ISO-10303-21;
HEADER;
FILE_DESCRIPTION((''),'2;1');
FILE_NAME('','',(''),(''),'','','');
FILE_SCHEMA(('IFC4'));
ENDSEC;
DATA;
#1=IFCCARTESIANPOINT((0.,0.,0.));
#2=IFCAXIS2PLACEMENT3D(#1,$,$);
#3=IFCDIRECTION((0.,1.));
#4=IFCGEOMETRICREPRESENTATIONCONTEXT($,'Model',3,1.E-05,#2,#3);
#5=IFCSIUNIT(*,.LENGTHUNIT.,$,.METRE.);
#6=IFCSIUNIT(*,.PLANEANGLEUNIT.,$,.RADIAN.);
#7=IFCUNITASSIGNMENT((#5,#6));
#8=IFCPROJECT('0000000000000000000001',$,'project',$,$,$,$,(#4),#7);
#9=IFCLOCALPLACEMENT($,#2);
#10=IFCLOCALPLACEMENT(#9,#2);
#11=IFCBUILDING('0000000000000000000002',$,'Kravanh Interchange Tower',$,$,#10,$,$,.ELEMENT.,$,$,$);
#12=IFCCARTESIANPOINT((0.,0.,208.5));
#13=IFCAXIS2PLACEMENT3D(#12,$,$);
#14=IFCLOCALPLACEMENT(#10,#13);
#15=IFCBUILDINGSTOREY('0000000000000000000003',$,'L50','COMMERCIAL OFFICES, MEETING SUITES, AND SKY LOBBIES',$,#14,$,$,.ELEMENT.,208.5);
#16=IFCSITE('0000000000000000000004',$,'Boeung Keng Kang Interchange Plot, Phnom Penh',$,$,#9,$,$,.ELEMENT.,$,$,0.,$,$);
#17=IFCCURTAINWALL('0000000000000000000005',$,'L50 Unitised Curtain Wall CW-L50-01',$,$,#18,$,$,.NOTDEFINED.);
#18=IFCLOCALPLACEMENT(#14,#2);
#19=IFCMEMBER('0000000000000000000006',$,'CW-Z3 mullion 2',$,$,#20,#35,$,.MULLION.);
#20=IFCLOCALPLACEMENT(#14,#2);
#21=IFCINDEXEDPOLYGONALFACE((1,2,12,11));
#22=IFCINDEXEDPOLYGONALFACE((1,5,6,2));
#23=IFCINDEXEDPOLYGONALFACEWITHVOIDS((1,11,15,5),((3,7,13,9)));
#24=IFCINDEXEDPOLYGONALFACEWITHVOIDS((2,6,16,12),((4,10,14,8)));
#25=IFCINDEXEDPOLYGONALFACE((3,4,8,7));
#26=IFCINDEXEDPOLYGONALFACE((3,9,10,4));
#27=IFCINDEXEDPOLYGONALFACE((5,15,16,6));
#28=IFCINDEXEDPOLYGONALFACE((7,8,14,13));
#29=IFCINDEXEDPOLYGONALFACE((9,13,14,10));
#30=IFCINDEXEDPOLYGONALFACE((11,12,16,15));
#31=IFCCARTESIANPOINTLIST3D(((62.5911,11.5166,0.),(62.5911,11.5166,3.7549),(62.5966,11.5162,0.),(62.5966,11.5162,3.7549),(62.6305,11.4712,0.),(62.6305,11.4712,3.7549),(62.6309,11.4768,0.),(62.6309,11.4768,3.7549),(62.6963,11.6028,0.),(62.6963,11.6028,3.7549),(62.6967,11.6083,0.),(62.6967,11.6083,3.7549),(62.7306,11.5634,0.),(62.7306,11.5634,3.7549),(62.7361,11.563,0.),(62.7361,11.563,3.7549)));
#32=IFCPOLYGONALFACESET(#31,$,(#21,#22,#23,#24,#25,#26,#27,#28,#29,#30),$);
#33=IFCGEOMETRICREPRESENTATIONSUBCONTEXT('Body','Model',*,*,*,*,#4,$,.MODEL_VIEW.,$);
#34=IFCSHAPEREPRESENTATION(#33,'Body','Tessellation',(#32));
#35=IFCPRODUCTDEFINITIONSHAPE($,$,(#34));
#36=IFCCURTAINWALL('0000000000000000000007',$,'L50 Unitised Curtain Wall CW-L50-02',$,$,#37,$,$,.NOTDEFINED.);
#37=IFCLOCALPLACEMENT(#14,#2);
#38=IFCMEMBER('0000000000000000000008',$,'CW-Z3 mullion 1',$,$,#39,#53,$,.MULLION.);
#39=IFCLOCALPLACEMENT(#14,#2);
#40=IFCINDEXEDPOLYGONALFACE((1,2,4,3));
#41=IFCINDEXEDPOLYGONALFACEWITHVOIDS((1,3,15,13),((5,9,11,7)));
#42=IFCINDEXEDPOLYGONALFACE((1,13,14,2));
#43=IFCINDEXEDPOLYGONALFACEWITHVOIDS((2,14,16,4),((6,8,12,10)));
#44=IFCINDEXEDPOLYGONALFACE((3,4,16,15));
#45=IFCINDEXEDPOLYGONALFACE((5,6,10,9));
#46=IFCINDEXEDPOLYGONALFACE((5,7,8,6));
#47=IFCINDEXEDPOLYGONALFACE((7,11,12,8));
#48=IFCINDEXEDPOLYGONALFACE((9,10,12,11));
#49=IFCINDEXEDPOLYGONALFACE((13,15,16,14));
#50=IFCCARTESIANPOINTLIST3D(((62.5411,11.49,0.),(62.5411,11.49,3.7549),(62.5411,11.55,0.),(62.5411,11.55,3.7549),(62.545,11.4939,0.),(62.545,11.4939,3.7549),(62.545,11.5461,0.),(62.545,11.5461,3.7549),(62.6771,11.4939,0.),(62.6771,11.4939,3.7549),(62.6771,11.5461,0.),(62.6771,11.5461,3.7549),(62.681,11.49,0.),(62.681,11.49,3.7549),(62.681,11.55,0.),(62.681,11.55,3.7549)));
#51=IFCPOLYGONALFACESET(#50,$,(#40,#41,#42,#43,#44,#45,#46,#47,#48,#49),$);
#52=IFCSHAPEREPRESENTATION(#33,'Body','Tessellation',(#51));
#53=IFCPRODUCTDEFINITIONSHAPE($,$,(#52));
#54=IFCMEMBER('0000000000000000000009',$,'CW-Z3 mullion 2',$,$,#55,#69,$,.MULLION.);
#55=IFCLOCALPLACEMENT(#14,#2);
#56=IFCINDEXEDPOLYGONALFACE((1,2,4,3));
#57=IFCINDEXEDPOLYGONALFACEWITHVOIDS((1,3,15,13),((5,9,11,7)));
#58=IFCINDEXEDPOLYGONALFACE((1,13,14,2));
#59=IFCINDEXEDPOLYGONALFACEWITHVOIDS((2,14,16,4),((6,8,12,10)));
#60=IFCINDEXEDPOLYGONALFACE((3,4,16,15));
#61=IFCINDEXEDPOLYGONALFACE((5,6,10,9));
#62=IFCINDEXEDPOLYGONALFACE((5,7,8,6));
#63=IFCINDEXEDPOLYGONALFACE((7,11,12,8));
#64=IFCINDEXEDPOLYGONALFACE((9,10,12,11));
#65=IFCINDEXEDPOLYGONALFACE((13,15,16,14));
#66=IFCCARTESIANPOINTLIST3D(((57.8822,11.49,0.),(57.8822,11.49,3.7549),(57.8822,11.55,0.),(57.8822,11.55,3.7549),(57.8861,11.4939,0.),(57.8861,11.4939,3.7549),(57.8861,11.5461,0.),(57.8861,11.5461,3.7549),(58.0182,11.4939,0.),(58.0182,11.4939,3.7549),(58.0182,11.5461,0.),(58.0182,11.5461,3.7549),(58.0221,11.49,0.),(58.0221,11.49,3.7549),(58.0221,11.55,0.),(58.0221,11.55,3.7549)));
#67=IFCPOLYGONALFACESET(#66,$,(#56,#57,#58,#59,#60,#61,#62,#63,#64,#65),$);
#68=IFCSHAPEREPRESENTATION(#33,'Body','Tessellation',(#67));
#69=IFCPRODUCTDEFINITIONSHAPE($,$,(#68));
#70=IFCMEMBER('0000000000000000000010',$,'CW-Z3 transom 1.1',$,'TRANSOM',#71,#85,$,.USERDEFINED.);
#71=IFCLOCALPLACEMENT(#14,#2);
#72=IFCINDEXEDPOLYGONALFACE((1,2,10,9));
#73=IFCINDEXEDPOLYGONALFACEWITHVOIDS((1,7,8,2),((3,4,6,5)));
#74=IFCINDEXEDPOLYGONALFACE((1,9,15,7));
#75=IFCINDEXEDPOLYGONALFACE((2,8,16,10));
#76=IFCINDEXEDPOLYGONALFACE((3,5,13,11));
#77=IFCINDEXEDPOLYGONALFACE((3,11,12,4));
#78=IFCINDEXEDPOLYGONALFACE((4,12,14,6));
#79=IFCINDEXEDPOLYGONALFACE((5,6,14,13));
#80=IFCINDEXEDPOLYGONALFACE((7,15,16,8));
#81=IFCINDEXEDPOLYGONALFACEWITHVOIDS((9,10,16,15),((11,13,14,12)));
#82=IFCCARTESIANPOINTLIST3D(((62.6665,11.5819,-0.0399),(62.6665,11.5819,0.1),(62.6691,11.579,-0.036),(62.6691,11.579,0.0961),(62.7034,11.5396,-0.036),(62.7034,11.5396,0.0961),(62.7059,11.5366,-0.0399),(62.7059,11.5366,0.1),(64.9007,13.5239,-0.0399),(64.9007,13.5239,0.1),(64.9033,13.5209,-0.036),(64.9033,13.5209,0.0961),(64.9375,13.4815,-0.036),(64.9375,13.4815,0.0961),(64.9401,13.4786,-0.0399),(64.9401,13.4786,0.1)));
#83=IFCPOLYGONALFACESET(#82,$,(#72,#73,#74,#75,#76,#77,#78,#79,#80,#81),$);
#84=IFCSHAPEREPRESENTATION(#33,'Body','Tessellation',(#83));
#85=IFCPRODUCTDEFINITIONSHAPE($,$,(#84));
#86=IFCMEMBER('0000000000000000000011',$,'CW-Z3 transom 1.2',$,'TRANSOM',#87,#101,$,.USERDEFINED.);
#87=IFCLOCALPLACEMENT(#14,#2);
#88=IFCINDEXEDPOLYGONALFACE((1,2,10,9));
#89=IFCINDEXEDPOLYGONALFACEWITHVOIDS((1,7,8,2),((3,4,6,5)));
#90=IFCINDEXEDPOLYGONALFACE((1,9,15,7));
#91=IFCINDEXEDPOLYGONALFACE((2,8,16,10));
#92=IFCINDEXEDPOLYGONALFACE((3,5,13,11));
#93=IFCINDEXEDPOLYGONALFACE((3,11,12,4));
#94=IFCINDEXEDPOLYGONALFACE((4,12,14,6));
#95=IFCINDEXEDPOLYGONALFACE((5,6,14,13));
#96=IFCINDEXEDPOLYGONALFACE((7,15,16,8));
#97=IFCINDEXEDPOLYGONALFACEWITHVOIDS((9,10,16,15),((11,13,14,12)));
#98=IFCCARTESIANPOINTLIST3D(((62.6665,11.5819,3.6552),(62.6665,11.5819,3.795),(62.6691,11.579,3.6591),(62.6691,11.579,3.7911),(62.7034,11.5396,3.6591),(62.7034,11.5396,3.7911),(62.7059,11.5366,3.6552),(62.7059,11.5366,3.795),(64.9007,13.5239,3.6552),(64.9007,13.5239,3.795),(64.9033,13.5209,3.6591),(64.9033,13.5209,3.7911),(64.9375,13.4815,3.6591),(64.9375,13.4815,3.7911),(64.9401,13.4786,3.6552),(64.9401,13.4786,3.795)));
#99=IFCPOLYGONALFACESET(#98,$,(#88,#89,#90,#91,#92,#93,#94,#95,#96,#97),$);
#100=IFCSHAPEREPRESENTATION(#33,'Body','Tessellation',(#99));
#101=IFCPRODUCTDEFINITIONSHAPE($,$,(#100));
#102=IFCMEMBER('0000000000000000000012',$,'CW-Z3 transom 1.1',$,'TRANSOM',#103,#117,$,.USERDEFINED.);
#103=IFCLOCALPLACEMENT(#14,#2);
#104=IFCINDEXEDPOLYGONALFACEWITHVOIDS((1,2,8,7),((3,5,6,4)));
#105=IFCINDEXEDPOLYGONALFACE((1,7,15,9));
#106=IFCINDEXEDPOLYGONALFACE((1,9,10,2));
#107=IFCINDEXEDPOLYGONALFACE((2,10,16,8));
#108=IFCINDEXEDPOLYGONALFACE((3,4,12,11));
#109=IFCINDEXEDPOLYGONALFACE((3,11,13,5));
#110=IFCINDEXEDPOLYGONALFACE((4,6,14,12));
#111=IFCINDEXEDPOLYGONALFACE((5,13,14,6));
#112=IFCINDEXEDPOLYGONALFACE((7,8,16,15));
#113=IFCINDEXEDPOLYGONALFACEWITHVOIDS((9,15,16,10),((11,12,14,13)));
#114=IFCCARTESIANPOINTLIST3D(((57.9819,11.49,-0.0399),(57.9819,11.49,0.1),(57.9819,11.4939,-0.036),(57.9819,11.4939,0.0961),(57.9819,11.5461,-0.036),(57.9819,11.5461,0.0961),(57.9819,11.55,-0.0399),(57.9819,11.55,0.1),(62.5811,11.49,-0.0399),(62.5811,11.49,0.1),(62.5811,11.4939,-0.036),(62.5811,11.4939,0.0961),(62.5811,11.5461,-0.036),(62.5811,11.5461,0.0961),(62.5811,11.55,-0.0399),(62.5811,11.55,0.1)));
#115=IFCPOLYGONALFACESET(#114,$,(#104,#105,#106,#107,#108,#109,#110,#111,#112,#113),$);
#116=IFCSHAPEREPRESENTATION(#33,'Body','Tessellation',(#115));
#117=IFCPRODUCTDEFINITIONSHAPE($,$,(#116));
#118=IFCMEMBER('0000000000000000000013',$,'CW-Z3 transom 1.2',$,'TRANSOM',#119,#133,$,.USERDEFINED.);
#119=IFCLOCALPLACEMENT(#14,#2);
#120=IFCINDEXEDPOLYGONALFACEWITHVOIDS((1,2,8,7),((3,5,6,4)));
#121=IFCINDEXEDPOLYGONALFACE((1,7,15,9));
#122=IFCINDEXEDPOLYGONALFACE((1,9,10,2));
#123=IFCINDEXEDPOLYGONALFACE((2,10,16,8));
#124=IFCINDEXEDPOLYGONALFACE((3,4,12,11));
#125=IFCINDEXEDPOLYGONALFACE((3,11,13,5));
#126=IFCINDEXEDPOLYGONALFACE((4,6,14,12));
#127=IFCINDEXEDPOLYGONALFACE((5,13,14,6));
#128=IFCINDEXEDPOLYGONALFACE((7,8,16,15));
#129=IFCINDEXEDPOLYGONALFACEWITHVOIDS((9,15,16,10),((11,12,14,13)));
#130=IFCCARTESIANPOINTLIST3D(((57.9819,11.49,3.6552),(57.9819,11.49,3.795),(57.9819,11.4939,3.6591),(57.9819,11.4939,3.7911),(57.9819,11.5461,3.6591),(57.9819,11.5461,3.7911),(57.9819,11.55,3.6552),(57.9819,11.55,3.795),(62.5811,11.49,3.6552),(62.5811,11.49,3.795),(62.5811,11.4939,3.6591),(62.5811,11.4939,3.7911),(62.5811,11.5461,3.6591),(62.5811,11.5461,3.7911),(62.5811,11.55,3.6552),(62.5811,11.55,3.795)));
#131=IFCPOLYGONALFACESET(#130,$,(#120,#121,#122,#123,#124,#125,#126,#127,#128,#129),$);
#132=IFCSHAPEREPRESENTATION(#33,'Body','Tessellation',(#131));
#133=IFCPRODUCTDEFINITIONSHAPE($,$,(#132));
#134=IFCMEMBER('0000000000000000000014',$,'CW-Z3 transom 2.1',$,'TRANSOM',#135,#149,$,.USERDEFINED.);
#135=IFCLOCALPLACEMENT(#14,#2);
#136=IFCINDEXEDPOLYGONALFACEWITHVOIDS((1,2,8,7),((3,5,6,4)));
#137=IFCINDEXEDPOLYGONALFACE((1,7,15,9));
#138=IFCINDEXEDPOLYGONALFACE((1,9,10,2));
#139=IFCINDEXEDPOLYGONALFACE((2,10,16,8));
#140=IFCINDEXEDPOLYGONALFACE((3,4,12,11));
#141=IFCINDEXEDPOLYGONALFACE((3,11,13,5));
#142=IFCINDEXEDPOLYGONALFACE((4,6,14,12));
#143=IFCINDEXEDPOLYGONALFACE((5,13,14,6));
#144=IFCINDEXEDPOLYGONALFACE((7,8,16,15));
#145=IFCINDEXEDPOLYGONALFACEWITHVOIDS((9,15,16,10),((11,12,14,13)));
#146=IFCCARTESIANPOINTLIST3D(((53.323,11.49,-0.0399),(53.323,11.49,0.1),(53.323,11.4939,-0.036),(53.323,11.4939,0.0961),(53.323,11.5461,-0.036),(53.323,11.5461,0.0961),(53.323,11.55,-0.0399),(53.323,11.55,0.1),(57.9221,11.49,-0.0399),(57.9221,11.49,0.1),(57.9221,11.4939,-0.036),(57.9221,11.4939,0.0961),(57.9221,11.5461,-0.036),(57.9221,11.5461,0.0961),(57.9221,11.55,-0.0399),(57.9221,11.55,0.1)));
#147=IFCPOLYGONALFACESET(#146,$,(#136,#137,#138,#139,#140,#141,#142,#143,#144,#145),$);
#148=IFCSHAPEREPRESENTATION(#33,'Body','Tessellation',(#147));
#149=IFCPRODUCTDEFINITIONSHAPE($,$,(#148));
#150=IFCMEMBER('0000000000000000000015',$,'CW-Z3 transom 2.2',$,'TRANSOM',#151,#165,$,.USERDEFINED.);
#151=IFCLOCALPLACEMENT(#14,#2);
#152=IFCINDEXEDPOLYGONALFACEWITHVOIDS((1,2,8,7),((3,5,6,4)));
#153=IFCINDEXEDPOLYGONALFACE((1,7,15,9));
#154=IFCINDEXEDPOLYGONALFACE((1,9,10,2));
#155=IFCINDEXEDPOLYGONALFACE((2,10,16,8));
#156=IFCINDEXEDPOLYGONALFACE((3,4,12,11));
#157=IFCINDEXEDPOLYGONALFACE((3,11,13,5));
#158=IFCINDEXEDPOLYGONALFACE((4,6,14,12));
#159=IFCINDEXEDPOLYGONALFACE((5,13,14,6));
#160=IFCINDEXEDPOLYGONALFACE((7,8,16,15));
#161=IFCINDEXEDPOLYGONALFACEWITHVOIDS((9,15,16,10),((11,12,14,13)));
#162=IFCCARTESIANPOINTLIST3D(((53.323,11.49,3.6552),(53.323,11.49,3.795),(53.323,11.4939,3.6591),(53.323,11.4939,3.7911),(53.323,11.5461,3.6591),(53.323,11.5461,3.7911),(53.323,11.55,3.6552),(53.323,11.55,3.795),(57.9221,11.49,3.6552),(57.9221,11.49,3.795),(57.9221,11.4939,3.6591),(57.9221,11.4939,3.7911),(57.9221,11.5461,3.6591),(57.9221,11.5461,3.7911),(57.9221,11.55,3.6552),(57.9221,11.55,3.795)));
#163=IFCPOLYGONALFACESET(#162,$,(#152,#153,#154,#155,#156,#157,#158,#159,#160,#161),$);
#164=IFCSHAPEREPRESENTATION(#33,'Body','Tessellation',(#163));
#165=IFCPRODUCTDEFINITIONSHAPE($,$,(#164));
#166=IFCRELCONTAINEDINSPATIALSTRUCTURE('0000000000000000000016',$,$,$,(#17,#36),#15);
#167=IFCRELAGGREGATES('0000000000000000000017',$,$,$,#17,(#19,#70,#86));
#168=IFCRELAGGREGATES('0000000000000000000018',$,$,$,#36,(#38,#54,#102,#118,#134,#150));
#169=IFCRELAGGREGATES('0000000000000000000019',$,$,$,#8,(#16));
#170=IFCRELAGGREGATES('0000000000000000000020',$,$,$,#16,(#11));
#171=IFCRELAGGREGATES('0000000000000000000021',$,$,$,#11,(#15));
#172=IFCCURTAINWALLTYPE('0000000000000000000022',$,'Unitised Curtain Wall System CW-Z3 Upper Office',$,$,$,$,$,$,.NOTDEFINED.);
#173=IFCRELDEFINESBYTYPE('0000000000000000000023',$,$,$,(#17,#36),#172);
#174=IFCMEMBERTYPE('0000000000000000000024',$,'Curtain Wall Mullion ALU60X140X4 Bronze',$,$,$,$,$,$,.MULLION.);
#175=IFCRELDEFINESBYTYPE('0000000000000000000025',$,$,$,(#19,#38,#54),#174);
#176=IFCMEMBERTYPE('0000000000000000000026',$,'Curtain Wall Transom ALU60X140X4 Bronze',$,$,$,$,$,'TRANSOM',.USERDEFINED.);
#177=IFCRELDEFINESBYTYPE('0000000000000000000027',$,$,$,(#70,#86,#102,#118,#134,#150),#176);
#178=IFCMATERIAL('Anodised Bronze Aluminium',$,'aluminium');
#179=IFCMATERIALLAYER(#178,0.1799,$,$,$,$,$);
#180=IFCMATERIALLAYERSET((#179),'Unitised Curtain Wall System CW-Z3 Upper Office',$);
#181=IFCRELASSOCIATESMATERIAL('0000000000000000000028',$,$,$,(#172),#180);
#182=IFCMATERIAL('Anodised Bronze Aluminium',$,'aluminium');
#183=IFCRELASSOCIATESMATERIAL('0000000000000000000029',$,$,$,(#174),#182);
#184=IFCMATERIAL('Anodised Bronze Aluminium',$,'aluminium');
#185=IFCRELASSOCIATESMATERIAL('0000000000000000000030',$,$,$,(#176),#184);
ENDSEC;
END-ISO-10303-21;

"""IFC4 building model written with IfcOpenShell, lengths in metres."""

from ifc_helpers import new_model, si_unit, direction, frame, origin, origin_2d, place, context, subcontext, project, spatial, hollow_rectangle, extrude, material, layer, layer_set, material_profile, profile_set, type_object, element, aggregate, save


model = new_model("IFC4")

# Units and contexts
model_context = context("Model", 3, precision=1e-05, world=origin(), true_north=direction((0.0, 1.0)))
body_context = subcontext(model_context, "Body", "Model", "MODEL_VIEW")
ifc_project = project(units=[si_unit("LENGTHUNIT", "METRE"), si_unit("PLANEANGLEUNIT", "RADIAN")], contexts=[model_context])

# Site, building, storey
site_placement = place(None, origin())
site = spatial("IfcSite", under=ifc_project, at=site_placement, Name="Boeung Keng Kang Interchange Plot, Phnom Penh", CompositionType="ELEMENT", RefElevation=0.0)
building_placement = place(site_placement, origin())
building = spatial("IfcBuilding", under=site, at=building_placement, Name="Kravanh Interchange Tower", CompositionType="ELEMENT")
storey_placement = place(building_placement, frame((0.0, 0.0, 208.5)))
storey = spatial("IfcBuildingStorey", under=building, at=storey_placement, Name="L50", Description="COMMERCIAL OFFICES, MEETING SUITES, AND SKY LOBBIES", CompositionType="ELEMENT", Elevation=208.5)

# Curtain walls, members
ifc_material_1 = material(Name="Anodised Bronze Aluminium", Category="aluminium")
ifc_layer_1 = layer(ifc_material_1, 0.1799)
ifc_layer_set_1 = layer_set([ifc_layer_1], Name="Unitised Curtain Wall System CW-Z3 Upper Office")
curtain_wall_type = type_object("IfcCurtainWallType", Name="Unitised Curtain Wall System CW-Z3 Upper Office", PredefinedType="NOTDEFINED", material=ifc_layer_set_1)
curtain_wall_1_placement = place(storey_placement, origin())
curtain_wall_1 = element("IfcCurtainWall", 1, at=curtain_wall_1_placement, inside=storey, type_object=curtain_wall_type, Name="L50 Unitised Curtain Wall CW-L50-01", PredefinedType="NOTDEFINED")
ifc_material_2 = material(Name="Anodised Bronze Aluminium", Category="aluminium")
ifc_material_profile_1 = material_profile(ifc_material_2, hollow_rectangle(XDim=0.0601, YDim=0.1399, WallThickness=0.0039, at=origin_2d()), Name="ALU60X140X4")
ifc_profile_set_1 = profile_set([ifc_material_profile_1], Name="Anodised Bronze Aluminium")
member_type_1 = type_object("IfcMemberType", Name="Curtain Wall Mullion ALU60X140X4 Bronze", PredefinedType="MULLION", material=ifc_profile_set_1)
member_1_placement = place(storey_placement, frame((62.6636, 11.5398, 0.0), z_axis=(0.0, 0.0, 1.0), x_axis=(0.656051, -0.754717, 0.0)))
member_1 = element("IfcMember", 2, at=member_1_placement, type_object=member_type_1, Name="CW-Z3 mullion 2", PredefinedType="MULLION", context=body_context, shape_type="SweptSolid", body=[
    extrude(hollow_rectangle(XDim=0.0601, YDim=0.1399, WallThickness=0.0039, at=origin_2d()), origin(), (0.0, 0.0, 1.0), 3.7549),
])
curtain_wall_2_placement = place(storey_placement, origin())
curtain_wall_2 = element("IfcCurtainWall", 3, at=curtain_wall_2_placement, inside=storey, type_object=curtain_wall_type, Name="L50 Unitised Curtain Wall CW-L50-02", PredefinedType="NOTDEFINED")
member_2_placement = place(storey_placement, frame((62.6111, 11.52, 0.0), z_axis=(0.0, 0.0, 1.0), x_axis=(0.0, -1.0, 0.0)))
member_2 = element("IfcMember", 4, at=member_2_placement, type_object=member_type_1, Name="CW-Z3 mullion 1", PredefinedType="MULLION", context=body_context, shape_type="SweptSolid", body=[
    extrude(hollow_rectangle(XDim=0.0601, YDim=0.1399, WallThickness=0.0039, at=origin_2d()), origin(), (0.0, 0.0, 1.0), 3.7549),
])
member_3_placement = place(storey_placement, frame((57.9521, 11.52, 0.0), z_axis=(0.0, 0.0, 1.0), x_axis=(0.0, -1.0, 0.0)))
member_3 = element("IfcMember", 5, at=member_3_placement, type_object=member_type_1, Name="CW-Z3 mullion 2", PredefinedType="MULLION", context=body_context, shape_type="SweptSolid", body=[
    extrude(hollow_rectangle(XDim=0.0601, YDim=0.1399, WallThickness=0.0039, at=origin_2d()), origin(), (0.0, 0.0, 1.0), 3.7549),
])

# Members
ifc_material_3 = material(Name="Anodised Bronze Aluminium", Category="aluminium")
ifc_material_profile_2 = material_profile(ifc_material_3, hollow_rectangle(XDim=0.0601, YDim=0.1399, WallThickness=0.0039, at=origin_2d()), Name="ALU60X140X4")
ifc_profile_set_2 = profile_set([ifc_material_profile_2], Name="Anodised Bronze Aluminium")
member_type_2 = type_object("IfcMemberType", Name="Curtain Wall Transom ALU60X140X4 Bronze", ElementType="TRANSOM", PredefinedType="USERDEFINED", material=ifc_profile_set_2)
member_4_placement = place(storey_placement, frame((64.9204, 13.5012, 0.03), z_axis=(-0.754744, -0.656019, 0.0), x_axis=(0.656019, -0.754744, 0.0)))
member_4 = element("IfcMember", 6, at=member_4_placement, type_object=member_type_2, Name="CW-Z3 transom 1.1", ObjectType="TRANSOM", PredefinedType="USERDEFINED", context=body_context, shape_type="SweptSolid", body=[
    extrude(hollow_rectangle(XDim=0.0601, YDim=0.1399, WallThickness=0.0039, at=origin_2d()), origin(), (0.0, 0.0, 1.0), 2.9602),
])
member_5_placement = place(storey_placement, frame((64.9204, 13.5012, 3.7251), z_axis=(-0.754744, -0.656019, 0.0), x_axis=(0.656019, -0.754744, 0.0)))
member_5 = element("IfcMember", 7, at=member_5_placement, type_object=member_type_2, Name="CW-Z3 transom 1.2", ObjectType="TRANSOM", PredefinedType="USERDEFINED", context=body_context, shape_type="SweptSolid", body=[
    extrude(hollow_rectangle(XDim=0.0601, YDim=0.1399, WallThickness=0.0039, at=origin_2d()), origin(), (0.0, 0.0, 1.0), 2.9602),
])
member_6_placement = place(storey_placement, frame((62.5811, 11.52, 0.03), z_axis=(-1.0, 0.0, 0.0), x_axis=(0.0, -1.0, 0.0)))
member_6 = element("IfcMember", 8, at=member_6_placement, type_object=member_type_2, Name="CW-Z3 transom 1.1", ObjectType="TRANSOM", PredefinedType="USERDEFINED", context=body_context, shape_type="SweptSolid", body=[
    extrude(hollow_rectangle(XDim=0.0601, YDim=0.1399, WallThickness=0.0039, at=origin_2d()), origin(), (0.0, 0.0, 1.0), 4.5991),
])
member_7_placement = place(storey_placement, frame((62.5811, 11.52, 3.7251), z_axis=(-1.0, 0.0, 0.0), x_axis=(0.0, -1.0, 0.0)))
member_7 = element("IfcMember", 9, at=member_7_placement, type_object=member_type_2, Name="CW-Z3 transom 1.2", ObjectType="TRANSOM", PredefinedType="USERDEFINED", context=body_context, shape_type="SweptSolid", body=[
    extrude(hollow_rectangle(XDim=0.0601, YDim=0.1399, WallThickness=0.0039, at=origin_2d()), origin(), (0.0, 0.0, 1.0), 4.5991),
])
member_8_placement = place(storey_placement, frame((57.9221, 11.52, 0.03), z_axis=(-1.0, 0.0, 0.0), x_axis=(0.0, -1.0, 0.0)))
member_8 = element("IfcMember", 10, at=member_8_placement, type_object=member_type_2, Name="CW-Z3 transom 2.1", ObjectType="TRANSOM", PredefinedType="USERDEFINED", context=body_context, shape_type="SweptSolid", body=[
    extrude(hollow_rectangle(XDim=0.0601, YDim=0.1399, WallThickness=0.0039, at=origin_2d()), origin(), (0.0, 0.0, 1.0), 4.5991),
])
member_9_placement = place(storey_placement, frame((57.9221, 11.52, 3.7251), z_axis=(-1.0, 0.0, 0.0), x_axis=(0.0, -1.0, 0.0)))
member_9 = element("IfcMember", 11, at=member_9_placement, type_object=member_type_2, Name="CW-Z3 transom 2.2", ObjectType="TRANSOM", PredefinedType="USERDEFINED", context=body_context, shape_type="SweptSolid", body=[
    extrude(hollow_rectangle(XDim=0.0601, YDim=0.1399, WallThickness=0.0039, at=origin_2d()), origin(), (0.0, 0.0, 1.0), 4.5991),
])

aggregate(curtain_wall_1, [member_1, member_4, member_5])
aggregate(curtain_wall_2, [member_2, member_3, member_6, member_7, member_8, member_9])

save(model, "model.ifc")
